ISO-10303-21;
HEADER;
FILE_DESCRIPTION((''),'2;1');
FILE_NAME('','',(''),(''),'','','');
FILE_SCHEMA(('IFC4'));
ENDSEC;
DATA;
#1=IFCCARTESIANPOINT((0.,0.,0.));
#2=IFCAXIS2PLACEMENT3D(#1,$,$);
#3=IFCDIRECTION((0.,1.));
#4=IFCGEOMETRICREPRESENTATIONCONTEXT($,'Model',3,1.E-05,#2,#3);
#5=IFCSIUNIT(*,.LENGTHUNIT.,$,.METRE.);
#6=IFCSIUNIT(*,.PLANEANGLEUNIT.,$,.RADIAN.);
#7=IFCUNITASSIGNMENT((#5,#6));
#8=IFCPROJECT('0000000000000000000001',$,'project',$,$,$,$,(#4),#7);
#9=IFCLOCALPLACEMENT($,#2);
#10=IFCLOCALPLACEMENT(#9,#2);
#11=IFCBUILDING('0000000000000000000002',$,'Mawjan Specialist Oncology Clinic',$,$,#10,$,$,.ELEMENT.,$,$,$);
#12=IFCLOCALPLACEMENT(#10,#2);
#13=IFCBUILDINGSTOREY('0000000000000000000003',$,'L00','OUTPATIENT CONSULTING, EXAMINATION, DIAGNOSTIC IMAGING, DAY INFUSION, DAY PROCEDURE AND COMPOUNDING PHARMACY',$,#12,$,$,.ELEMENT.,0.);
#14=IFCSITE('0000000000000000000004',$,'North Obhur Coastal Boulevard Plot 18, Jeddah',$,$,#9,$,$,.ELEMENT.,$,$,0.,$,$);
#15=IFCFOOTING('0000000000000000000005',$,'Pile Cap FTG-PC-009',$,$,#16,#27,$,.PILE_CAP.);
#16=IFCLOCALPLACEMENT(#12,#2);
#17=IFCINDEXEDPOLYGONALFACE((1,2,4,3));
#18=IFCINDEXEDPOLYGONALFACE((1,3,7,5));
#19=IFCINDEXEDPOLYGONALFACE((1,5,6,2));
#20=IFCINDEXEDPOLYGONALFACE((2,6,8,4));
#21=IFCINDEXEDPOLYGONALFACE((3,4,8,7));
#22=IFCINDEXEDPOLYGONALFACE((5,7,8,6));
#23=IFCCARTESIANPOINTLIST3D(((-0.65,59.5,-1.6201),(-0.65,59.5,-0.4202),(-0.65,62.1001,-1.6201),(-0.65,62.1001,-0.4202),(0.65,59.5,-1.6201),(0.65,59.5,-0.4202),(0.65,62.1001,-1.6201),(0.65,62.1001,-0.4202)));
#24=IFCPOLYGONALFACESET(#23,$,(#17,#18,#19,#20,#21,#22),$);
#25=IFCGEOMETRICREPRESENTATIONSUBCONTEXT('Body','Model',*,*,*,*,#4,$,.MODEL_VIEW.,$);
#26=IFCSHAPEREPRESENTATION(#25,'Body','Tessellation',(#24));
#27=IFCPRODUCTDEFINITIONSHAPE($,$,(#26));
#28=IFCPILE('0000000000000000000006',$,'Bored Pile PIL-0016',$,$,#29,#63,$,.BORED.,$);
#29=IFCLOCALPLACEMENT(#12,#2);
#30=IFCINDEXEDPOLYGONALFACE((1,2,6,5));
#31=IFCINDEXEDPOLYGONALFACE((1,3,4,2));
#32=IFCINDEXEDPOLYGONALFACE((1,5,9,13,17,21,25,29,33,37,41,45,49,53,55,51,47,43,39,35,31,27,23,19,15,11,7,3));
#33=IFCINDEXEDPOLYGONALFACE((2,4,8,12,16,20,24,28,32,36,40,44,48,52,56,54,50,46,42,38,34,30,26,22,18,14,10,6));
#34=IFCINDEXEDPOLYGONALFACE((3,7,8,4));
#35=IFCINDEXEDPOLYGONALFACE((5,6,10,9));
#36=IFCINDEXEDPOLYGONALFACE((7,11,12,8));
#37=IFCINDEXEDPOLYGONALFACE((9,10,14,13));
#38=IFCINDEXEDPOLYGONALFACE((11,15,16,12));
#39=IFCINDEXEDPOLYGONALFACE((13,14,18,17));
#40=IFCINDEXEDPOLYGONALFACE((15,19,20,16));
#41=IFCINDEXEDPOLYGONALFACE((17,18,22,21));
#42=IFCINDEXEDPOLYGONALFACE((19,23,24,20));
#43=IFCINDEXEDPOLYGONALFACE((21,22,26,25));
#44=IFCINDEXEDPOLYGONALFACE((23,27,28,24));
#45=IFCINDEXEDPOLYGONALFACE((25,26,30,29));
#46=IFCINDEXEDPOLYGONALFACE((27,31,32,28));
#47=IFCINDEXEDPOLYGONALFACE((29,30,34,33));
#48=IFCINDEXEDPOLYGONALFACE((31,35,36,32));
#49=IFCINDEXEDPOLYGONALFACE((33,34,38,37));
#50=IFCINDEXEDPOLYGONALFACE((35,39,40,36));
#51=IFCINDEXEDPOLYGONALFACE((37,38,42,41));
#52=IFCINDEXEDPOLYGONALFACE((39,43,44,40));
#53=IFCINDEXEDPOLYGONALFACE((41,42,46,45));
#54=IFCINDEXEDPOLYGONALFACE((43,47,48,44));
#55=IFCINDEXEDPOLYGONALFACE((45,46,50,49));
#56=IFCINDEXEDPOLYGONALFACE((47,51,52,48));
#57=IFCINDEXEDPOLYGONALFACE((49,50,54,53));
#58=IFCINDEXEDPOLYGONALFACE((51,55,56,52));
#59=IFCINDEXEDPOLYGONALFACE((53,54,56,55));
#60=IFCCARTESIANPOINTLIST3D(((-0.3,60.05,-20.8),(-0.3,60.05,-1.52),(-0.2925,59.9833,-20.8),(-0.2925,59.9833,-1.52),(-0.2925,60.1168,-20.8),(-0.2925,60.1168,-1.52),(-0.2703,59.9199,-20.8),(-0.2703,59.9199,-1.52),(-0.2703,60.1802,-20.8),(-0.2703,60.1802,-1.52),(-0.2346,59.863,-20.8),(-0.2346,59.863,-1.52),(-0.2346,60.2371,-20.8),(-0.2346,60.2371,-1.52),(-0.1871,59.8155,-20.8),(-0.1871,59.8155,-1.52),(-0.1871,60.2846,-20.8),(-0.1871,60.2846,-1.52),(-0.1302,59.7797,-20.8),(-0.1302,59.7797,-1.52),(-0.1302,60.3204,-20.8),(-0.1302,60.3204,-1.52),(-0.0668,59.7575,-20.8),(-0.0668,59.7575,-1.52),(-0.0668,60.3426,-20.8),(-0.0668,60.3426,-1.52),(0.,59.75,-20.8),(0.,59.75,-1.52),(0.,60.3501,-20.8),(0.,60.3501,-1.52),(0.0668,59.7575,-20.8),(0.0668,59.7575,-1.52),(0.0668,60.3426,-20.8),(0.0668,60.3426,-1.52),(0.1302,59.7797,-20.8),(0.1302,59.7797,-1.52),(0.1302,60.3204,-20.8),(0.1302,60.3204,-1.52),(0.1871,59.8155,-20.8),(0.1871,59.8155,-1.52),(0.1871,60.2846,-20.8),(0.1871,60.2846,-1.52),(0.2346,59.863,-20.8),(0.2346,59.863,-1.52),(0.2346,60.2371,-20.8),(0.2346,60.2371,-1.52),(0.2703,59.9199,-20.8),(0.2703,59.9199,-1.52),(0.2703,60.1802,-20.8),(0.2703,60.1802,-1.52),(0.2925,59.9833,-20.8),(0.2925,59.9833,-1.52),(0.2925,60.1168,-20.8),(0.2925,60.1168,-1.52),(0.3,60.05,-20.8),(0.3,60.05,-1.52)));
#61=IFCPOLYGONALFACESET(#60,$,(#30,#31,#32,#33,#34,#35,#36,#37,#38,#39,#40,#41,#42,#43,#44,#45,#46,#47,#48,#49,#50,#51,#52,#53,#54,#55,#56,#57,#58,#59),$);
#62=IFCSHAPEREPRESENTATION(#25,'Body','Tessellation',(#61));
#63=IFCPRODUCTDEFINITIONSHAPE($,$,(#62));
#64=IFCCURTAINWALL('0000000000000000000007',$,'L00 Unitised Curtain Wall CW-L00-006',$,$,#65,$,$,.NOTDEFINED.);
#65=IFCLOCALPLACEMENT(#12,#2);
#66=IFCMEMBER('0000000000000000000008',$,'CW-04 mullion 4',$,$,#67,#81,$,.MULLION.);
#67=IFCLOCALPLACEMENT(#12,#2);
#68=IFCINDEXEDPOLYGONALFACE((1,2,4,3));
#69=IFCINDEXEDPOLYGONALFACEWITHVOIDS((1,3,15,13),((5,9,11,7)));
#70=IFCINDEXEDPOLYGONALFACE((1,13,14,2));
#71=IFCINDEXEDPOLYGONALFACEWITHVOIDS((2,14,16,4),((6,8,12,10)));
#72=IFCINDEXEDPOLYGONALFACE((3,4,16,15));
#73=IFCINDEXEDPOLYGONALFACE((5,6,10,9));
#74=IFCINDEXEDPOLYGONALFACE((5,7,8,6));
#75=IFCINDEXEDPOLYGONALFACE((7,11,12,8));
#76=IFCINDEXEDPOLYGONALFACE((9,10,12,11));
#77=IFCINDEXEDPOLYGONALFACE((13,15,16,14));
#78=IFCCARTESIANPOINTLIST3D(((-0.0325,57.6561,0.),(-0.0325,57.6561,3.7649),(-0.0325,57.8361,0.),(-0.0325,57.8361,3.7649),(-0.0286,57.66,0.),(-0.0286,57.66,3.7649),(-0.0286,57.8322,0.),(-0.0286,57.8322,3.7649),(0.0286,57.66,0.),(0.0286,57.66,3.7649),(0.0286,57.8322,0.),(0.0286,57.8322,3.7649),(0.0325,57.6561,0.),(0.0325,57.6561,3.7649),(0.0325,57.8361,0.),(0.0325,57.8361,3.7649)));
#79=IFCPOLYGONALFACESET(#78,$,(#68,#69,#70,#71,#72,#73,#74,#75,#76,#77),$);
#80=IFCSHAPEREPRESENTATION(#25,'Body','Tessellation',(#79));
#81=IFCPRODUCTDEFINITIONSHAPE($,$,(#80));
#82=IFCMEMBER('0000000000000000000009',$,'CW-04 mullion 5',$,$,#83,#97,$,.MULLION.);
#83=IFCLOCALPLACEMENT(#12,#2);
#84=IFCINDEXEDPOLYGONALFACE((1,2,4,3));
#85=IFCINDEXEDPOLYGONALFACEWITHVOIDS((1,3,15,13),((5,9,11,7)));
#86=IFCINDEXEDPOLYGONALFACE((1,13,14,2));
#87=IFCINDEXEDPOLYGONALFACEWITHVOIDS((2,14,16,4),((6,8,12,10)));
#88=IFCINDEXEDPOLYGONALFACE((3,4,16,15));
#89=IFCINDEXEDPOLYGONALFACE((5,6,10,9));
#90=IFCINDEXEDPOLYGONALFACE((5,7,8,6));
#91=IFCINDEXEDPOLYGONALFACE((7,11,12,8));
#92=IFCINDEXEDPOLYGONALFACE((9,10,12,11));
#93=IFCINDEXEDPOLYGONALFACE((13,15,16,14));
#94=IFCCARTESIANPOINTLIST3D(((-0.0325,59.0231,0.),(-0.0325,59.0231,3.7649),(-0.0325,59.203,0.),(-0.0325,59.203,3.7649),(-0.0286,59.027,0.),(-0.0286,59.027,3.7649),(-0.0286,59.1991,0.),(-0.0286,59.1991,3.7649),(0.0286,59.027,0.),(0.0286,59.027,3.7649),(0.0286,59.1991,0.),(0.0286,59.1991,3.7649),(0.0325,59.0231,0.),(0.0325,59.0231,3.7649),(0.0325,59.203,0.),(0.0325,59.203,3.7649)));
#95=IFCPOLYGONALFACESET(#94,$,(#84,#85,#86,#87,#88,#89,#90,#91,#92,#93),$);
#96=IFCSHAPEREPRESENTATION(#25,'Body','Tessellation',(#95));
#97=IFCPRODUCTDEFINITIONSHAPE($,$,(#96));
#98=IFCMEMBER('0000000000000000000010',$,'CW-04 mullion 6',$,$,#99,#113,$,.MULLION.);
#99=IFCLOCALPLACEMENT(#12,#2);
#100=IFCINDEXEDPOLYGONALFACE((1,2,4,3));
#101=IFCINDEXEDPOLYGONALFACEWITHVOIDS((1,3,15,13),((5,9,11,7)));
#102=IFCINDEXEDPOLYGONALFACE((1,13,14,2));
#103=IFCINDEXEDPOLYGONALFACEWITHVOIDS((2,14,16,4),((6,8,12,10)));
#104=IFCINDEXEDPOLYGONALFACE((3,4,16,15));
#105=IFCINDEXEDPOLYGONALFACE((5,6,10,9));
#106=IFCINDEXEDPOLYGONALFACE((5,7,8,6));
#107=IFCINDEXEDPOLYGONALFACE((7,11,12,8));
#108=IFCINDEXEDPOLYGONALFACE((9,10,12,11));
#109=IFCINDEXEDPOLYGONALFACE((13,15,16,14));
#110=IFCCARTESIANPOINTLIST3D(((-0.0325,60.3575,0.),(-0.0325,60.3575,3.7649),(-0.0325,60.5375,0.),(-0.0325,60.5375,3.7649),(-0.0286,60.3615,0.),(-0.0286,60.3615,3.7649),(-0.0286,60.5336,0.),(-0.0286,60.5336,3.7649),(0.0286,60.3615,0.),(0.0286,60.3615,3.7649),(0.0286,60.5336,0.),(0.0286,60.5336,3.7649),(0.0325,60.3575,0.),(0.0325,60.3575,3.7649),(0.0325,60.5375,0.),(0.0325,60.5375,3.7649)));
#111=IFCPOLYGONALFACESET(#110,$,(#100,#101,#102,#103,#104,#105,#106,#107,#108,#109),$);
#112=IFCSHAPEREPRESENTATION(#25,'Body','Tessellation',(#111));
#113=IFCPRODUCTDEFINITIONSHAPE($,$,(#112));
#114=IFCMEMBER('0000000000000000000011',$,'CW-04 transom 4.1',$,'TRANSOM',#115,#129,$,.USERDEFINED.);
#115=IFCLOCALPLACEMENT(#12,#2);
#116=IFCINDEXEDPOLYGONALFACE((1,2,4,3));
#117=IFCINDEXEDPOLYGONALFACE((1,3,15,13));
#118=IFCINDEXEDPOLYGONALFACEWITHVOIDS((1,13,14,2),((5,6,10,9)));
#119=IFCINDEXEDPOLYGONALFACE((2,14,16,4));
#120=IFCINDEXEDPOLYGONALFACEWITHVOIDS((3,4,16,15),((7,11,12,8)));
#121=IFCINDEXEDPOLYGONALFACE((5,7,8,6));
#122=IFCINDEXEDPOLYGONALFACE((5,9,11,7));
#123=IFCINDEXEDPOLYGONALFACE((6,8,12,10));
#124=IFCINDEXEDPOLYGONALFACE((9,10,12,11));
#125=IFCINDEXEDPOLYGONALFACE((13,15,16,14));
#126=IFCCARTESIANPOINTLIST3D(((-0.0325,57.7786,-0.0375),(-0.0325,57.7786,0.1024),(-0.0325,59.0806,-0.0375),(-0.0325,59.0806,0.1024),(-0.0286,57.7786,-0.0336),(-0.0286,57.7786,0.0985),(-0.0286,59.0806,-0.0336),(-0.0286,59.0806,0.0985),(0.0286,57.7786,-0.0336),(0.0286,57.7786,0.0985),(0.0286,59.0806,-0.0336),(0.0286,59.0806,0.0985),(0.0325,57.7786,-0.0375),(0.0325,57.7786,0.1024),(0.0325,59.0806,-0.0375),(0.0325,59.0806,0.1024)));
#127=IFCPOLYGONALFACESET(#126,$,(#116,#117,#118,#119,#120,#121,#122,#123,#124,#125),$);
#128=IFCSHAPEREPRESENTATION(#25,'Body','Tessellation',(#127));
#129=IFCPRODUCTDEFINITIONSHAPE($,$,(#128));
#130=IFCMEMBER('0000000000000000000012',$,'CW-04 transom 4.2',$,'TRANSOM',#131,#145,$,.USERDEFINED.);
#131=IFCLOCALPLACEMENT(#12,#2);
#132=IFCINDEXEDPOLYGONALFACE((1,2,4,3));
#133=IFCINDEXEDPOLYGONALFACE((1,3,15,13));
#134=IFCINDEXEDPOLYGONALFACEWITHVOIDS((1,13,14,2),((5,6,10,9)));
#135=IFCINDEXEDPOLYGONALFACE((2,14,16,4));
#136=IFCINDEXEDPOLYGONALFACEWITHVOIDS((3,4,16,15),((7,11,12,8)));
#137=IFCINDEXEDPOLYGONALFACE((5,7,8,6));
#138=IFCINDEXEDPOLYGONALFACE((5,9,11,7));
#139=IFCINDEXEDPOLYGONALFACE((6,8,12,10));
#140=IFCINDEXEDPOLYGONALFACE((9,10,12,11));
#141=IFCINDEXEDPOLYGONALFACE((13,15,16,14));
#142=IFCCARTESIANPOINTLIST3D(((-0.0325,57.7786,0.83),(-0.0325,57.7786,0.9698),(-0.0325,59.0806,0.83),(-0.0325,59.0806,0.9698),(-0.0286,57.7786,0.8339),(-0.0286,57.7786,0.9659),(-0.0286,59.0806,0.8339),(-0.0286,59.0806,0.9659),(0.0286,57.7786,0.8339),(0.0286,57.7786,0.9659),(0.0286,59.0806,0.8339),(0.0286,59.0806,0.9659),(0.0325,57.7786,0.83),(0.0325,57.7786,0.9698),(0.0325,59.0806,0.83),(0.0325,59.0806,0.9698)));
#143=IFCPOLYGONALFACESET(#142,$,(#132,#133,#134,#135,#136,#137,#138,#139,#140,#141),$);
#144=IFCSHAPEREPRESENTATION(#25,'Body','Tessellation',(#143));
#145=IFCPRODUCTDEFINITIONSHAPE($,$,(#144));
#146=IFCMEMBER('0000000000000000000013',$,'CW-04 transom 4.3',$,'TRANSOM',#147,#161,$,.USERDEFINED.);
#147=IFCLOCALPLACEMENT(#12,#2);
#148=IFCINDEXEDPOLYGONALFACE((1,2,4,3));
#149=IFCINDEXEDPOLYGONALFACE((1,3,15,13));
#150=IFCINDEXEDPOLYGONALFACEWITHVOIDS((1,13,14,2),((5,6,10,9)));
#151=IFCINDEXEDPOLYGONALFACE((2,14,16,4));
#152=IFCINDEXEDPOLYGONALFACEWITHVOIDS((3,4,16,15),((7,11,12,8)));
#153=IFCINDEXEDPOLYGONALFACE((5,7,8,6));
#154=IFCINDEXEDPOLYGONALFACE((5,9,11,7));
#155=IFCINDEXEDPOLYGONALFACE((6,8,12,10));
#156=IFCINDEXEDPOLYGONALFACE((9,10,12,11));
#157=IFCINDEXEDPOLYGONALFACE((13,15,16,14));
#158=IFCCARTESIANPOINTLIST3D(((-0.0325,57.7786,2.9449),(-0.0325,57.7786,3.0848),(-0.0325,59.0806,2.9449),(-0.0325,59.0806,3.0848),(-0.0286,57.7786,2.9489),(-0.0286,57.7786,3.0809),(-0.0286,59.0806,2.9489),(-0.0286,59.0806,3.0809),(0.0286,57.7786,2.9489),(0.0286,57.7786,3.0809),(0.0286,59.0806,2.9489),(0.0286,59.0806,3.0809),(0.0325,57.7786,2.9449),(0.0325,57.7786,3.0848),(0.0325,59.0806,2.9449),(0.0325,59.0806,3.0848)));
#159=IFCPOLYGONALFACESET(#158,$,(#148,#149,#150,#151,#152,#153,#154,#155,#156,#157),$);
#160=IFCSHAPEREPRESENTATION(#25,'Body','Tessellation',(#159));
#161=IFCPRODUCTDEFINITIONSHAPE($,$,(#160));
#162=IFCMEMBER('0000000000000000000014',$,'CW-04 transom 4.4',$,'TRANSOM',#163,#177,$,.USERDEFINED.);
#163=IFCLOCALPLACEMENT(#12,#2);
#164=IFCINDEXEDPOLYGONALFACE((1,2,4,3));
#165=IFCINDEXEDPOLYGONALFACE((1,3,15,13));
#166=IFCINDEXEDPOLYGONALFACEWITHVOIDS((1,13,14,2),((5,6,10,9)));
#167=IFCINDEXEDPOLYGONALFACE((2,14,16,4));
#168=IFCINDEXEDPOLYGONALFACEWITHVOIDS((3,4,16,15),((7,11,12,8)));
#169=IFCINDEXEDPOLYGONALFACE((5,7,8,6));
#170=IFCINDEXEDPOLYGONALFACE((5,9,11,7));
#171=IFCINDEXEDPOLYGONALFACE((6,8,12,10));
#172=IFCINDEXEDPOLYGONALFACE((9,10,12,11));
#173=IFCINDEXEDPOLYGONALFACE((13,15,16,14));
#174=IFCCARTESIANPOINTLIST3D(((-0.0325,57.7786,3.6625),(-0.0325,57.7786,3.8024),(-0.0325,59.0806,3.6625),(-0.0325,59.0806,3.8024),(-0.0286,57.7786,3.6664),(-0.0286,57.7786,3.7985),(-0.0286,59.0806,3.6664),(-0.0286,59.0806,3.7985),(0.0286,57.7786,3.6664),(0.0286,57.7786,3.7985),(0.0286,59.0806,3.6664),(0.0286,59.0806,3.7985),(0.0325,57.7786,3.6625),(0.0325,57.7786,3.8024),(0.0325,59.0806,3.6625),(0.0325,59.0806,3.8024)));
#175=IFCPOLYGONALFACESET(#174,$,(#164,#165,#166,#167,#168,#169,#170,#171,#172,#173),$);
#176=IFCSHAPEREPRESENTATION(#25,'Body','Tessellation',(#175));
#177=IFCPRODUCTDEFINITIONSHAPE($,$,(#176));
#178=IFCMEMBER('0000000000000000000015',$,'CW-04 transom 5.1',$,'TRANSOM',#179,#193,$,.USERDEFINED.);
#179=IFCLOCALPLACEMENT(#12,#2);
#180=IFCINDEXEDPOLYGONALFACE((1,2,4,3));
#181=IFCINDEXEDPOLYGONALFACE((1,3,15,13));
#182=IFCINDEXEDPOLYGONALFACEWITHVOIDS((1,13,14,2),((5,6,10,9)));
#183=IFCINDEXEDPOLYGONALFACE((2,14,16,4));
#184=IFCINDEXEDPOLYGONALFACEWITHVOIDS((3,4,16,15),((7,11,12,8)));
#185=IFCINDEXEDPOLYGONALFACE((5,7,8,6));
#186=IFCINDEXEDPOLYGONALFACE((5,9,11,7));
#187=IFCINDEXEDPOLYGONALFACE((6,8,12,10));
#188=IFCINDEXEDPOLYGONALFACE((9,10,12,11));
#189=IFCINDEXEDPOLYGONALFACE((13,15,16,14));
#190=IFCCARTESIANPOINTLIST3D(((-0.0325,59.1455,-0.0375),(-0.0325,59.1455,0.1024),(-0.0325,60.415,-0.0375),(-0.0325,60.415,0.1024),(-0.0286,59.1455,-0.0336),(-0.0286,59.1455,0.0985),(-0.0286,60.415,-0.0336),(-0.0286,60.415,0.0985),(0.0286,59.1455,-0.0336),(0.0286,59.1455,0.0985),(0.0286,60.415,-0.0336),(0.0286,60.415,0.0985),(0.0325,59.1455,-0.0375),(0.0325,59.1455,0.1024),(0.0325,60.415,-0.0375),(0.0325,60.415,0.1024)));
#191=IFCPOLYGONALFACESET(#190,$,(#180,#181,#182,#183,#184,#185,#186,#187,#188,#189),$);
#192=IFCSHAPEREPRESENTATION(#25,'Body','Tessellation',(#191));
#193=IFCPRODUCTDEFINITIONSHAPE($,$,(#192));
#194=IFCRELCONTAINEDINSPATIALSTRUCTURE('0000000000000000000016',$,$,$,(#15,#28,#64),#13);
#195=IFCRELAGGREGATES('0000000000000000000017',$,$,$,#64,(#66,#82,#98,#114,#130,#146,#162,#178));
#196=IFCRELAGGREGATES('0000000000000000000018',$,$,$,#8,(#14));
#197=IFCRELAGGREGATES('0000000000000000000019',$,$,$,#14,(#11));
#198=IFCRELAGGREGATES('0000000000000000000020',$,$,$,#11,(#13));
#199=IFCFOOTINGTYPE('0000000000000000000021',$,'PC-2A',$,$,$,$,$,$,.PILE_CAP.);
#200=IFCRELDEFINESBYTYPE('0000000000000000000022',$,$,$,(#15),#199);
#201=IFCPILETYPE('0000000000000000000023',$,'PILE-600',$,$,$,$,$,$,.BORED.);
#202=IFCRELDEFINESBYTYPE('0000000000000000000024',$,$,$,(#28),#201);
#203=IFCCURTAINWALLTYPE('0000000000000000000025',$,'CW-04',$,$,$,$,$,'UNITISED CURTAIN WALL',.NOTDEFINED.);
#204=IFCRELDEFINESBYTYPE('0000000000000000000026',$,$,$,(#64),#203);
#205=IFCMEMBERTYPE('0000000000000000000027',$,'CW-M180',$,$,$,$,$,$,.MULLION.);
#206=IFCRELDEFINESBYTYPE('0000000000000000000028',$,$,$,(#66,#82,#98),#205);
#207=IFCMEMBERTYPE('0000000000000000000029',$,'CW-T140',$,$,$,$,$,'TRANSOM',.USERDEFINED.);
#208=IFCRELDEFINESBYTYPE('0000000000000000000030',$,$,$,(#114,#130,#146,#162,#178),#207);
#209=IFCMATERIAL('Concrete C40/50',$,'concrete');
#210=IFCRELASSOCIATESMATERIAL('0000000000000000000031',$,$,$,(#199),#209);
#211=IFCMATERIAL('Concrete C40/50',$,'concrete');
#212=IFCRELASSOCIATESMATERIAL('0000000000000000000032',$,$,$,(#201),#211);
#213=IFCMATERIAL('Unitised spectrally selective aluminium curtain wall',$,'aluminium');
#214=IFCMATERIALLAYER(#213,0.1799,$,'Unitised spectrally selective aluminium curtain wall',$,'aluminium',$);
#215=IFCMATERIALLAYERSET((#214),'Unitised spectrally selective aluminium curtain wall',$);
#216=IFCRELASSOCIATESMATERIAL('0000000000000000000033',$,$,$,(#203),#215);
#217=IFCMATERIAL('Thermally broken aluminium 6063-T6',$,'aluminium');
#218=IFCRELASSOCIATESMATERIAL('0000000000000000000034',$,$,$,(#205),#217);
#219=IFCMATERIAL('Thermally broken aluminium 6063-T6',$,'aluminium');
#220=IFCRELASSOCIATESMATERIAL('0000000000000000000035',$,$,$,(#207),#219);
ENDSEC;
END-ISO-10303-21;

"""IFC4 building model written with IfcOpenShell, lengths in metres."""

from ifc_helpers import new_model, si_unit, direction, frame, origin, origin_2d, place, context, subcontext, project, spatial, rectangle, hollow_rectangle, circle, extrude, material, layer, layer_set, material_profile, profile_set, type_object, element, aggregate, save


model = new_model("IFC4")

# Units and contexts
model_context = context("Model", 3, precision=1e-05, world=origin(), true_north=direction((0.0, 1.0)))
body_context = subcontext(model_context, "Body", "Model", "MODEL_VIEW")
ifc_project = project(units=[si_unit("LENGTHUNIT", "METRE"), si_unit("PLANEANGLEUNIT", "RADIAN")], contexts=[model_context])

# Site, building, storey
site_placement = place(None, origin())
site = spatial("IfcSite", under=ifc_project, at=site_placement, Name="North Obhur Coastal Boulevard Plot 18, Jeddah", CompositionType="ELEMENT", RefElevation=0.0)
building_placement = place(site_placement, origin())
building = spatial("IfcBuilding", under=site, at=building_placement, Name="Mawjan Specialist Oncology Clinic", CompositionType="ELEMENT")
storey_placement = place(building_placement, origin())
storey = spatial("IfcBuildingStorey", under=building, at=storey_placement, Name="L00", Description="OUTPATIENT CONSULTING, EXAMINATION, DIAGNOSTIC IMAGING, DAY INFUSION, DAY PROCEDURE AND COMPOUNDING PHARMACY", CompositionType="ELEMENT", Elevation=0.0)

# Footing
ifc_material_1 = material(Name="Concrete C40/50", Category="concrete")
footing_type = type_object("IfcFootingType", Name="PC-2A", PredefinedType="PILE_CAP", material=ifc_material_1)
footing_placement = place(storey_placement, frame((0.0, 60.8, -1.6201), z_axis=(0.0, 0.0, 1.0), x_axis=(0.0, 1.0, 0.0)))
element("IfcFooting", 1, at=footing_placement, inside=storey, type_object=footing_type, Name="Pile Cap FTG-PC-009", PredefinedType="PILE_CAP", context=body_context, shape_type="SweptSolid", body=[
    extrude(rectangle(XDim=2.6001, YDim=1.3, at=origin_2d()), origin(), (0.0, 0.0, 1.0), 1.2),
])

# Pile
ifc_material_2 = material(Name="Concrete C40/50", Category="concrete")
ifc_material_profile_1 = material_profile(ifc_material_2, circle(Radius=0.3, at=origin_2d()), Name="BORED PILE D600", Category="concrete")
ifc_profile_set_1 = profile_set([ifc_material_profile_1], Name="Concrete C40/50")
pile_type = type_object("IfcPileType", Name="PILE-600", PredefinedType="BORED", material=ifc_profile_set_1)
pile_placement = place(storey_placement, frame((0.0, 60.05, -1.52), z_axis=(0.0, 0.0, -1.0), x_axis=(1.0, 0.0, 0.0)))
element("IfcPile", 2, at=pile_placement, inside=storey, type_object=pile_type, Name="Bored Pile PIL-0016", PredefinedType="BORED", context=body_context, shape_type="SweptSolid", body=[
    extrude(circle(Radius=0.3, at=origin_2d()), origin(), (0.0, 0.0, 1.0), 19.28),
])

# Curtain wall, members
ifc_material_3 = material(Name="Unitised spectrally selective aluminium curtain wall", Category="aluminium")
ifc_layer_1 = layer(ifc_material_3, 0.1799, Name="Unitised spectrally selective aluminium curtain wall", Category="aluminium")
ifc_layer_set_1 = layer_set([ifc_layer_1], Name="Unitised spectrally selective aluminium curtain wall")
curtain_wall_type = type_object("IfcCurtainWallType", Name="CW-04", ElementType="UNITISED CURTAIN WALL", PredefinedType="NOTDEFINED", material=ifc_layer_set_1)
curtain_wall_placement = place(storey_placement, origin())
curtain_wall = element("IfcCurtainWall", 3, at=curtain_wall_placement, inside=storey, type_object=curtain_wall_type, Name="L00 Unitised Curtain Wall CW-L00-006", PredefinedType="NOTDEFINED")
ifc_material_4 = material(Name="Thermally broken aluminium 6063-T6", Category="aluminium")
ifc_material_profile_2 = material_profile(ifc_material_4, hollow_rectangle(XDim=0.0649, YDim=0.1799, WallThickness=0.0039, at=origin_2d()), Name="ALU MULLION 180x65x4", Category="aluminium")
ifc_profile_set_2 = profile_set([ifc_material_profile_2], Name="Thermally broken aluminium 6063-T6")
member_type_1 = type_object("IfcMemberType", Name="CW-M180", PredefinedType="MULLION", material=ifc_profile_set_2)
member_1_placement = place(storey_placement, frame((0.0, 57.7461, 0.0), z_axis=(0.0, 0.0, 1.0), x_axis=(-1.0, 0.0, 0.0)))
member_1 = element("IfcMember", 4, at=member_1_placement, type_object=member_type_1, Name="CW-04 mullion 4", PredefinedType="MULLION", context=body_context, shape_type="SweptSolid", body=[
    extrude(hollow_rectangle(XDim=0.0649, YDim=0.1799, WallThickness=0.0039, at=origin_2d()), origin(), (0.0, 0.0, 1.0), 3.7649),
])
member_2_placement = place(storey_placement, frame((0.0, 59.113, 0.0), z_axis=(0.0, 0.0, 1.0), x_axis=(-1.0, 0.0, 0.0)))
member_2 = element("IfcMember", 5, at=member_2_placement, type_object=member_type_1, Name="CW-04 mullion 5", PredefinedType="MULLION", context=body_context, shape_type="SweptSolid", body=[
    extrude(hollow_rectangle(XDim=0.0649, YDim=0.1799, WallThickness=0.0039, at=origin_2d()), origin(), (0.0, 0.0, 1.0), 3.7649),
])
member_3_placement = place(storey_placement, frame((0.0, 60.4475, 0.0), z_axis=(0.0, 0.0, 1.0), x_axis=(-1.0, 0.0, 0.0)))
member_3 = element("IfcMember", 6, at=member_3_placement, type_object=member_type_1, Name="CW-04 mullion 6", PredefinedType="MULLION", context=body_context, shape_type="SweptSolid", body=[
    extrude(hollow_rectangle(XDim=0.0649, YDim=0.1799, WallThickness=0.0039, at=origin_2d()), origin(), (0.0, 0.0, 1.0), 3.7649),
])
ifc_material_5 = material(Name="Thermally broken aluminium 6063-T6", Category="aluminium")
ifc_material_profile_3 = material_profile(ifc_material_5, hollow_rectangle(XDim=0.0649, YDim=0.1399, WallThickness=0.0039, at=origin_2d()), Name="ALU TRANSOM 140x65x4", Category="aluminium")
ifc_profile_set_3 = profile_set([ifc_material_profile_3], Name="Thermally broken aluminium 6063-T6")
member_type_2 = type_object("IfcMemberType", Name="CW-T140", ElementType="TRANSOM", PredefinedType="USERDEFINED", material=ifc_profile_set_3)
member_4_placement = place(storey_placement, frame((0.0, 57.7786, 0.0325), z_axis=(0.0, 1.0, 0.0), x_axis=(-1.0, 0.0, 0.0)))
member_4 = element("IfcMember", 7, at=member_4_placement, type_object=member_type_2, Name="CW-04 transom 4.1", ObjectType="TRANSOM", PredefinedType="USERDEFINED", context=body_context, shape_type="SweptSolid", body=[
    extrude(hollow_rectangle(XDim=0.0649, YDim=0.1399, WallThickness=0.0039, at=origin_2d()), origin(), (0.0, 0.0, 1.0), 1.302),
])
member_5_placement = place(storey_placement, frame((0.0, 57.7786, 0.8999), z_axis=(0.0, 1.0, 0.0), x_axis=(-1.0, 0.0, 0.0)))
member_5 = element("IfcMember", 8, at=member_5_placement, type_object=member_type_2, Name="CW-04 transom 4.2", ObjectType="TRANSOM", PredefinedType="USERDEFINED", context=body_context, shape_type="SweptSolid", body=[
    extrude(hollow_rectangle(XDim=0.0649, YDim=0.1399, WallThickness=0.0039, at=origin_2d()), origin(), (0.0, 0.0, 1.0), 1.302),
])
member_6_placement = place(storey_placement, frame((0.0, 57.7786, 3.0149), z_axis=(0.0, 1.0, 0.0), x_axis=(-1.0, 0.0, 0.0)))
member_6 = element("IfcMember", 9, at=member_6_placement, type_object=member_type_2, Name="CW-04 transom 4.3", ObjectType="TRANSOM", PredefinedType="USERDEFINED", context=body_context, shape_type="SweptSolid", body=[
    extrude(hollow_rectangle(XDim=0.0649, YDim=0.1399, WallThickness=0.0039, at=origin_2d()), origin(), (0.0, 0.0, 1.0), 1.302),
])
member_7_placement = place(storey_placement, frame((0.0, 57.7786, 3.7324), z_axis=(0.0, 1.0, 0.0), x_axis=(-1.0, 0.0, 0.0)))
member_7 = element("IfcMember", 10, at=member_7_placement, type_object=member_type_2, Name="CW-04 transom 4.4", ObjectType="TRANSOM", PredefinedType="USERDEFINED", context=body_context, shape_type="SweptSolid", body=[
    extrude(hollow_rectangle(XDim=0.0649, YDim=0.1399, WallThickness=0.0039, at=origin_2d()), origin(), (0.0, 0.0, 1.0), 1.302),
])
member_8_placement = place(storey_placement, frame((0.0, 59.1455, 0.0325), z_axis=(0.0, 1.0, 0.0), x_axis=(-1.0, 0.0, 0.0)))
member_8 = element("IfcMember", 11, at=member_8_placement, type_object=member_type_2, Name="CW-04 transom 5.1", ObjectType="TRANSOM", PredefinedType="USERDEFINED", context=body_context, shape_type="SweptSolid", body=[
    extrude(hollow_rectangle(XDim=0.0649, YDim=0.1399, WallThickness=0.0039, at=origin_2d()), origin(), (0.0, 0.0, 1.0), 1.2695),
])
aggregate(curtain_wall, [member_1, member_2, member_3, member_4, member_5, member_6, member_7, member_8])

save(model, "model.ifc")
